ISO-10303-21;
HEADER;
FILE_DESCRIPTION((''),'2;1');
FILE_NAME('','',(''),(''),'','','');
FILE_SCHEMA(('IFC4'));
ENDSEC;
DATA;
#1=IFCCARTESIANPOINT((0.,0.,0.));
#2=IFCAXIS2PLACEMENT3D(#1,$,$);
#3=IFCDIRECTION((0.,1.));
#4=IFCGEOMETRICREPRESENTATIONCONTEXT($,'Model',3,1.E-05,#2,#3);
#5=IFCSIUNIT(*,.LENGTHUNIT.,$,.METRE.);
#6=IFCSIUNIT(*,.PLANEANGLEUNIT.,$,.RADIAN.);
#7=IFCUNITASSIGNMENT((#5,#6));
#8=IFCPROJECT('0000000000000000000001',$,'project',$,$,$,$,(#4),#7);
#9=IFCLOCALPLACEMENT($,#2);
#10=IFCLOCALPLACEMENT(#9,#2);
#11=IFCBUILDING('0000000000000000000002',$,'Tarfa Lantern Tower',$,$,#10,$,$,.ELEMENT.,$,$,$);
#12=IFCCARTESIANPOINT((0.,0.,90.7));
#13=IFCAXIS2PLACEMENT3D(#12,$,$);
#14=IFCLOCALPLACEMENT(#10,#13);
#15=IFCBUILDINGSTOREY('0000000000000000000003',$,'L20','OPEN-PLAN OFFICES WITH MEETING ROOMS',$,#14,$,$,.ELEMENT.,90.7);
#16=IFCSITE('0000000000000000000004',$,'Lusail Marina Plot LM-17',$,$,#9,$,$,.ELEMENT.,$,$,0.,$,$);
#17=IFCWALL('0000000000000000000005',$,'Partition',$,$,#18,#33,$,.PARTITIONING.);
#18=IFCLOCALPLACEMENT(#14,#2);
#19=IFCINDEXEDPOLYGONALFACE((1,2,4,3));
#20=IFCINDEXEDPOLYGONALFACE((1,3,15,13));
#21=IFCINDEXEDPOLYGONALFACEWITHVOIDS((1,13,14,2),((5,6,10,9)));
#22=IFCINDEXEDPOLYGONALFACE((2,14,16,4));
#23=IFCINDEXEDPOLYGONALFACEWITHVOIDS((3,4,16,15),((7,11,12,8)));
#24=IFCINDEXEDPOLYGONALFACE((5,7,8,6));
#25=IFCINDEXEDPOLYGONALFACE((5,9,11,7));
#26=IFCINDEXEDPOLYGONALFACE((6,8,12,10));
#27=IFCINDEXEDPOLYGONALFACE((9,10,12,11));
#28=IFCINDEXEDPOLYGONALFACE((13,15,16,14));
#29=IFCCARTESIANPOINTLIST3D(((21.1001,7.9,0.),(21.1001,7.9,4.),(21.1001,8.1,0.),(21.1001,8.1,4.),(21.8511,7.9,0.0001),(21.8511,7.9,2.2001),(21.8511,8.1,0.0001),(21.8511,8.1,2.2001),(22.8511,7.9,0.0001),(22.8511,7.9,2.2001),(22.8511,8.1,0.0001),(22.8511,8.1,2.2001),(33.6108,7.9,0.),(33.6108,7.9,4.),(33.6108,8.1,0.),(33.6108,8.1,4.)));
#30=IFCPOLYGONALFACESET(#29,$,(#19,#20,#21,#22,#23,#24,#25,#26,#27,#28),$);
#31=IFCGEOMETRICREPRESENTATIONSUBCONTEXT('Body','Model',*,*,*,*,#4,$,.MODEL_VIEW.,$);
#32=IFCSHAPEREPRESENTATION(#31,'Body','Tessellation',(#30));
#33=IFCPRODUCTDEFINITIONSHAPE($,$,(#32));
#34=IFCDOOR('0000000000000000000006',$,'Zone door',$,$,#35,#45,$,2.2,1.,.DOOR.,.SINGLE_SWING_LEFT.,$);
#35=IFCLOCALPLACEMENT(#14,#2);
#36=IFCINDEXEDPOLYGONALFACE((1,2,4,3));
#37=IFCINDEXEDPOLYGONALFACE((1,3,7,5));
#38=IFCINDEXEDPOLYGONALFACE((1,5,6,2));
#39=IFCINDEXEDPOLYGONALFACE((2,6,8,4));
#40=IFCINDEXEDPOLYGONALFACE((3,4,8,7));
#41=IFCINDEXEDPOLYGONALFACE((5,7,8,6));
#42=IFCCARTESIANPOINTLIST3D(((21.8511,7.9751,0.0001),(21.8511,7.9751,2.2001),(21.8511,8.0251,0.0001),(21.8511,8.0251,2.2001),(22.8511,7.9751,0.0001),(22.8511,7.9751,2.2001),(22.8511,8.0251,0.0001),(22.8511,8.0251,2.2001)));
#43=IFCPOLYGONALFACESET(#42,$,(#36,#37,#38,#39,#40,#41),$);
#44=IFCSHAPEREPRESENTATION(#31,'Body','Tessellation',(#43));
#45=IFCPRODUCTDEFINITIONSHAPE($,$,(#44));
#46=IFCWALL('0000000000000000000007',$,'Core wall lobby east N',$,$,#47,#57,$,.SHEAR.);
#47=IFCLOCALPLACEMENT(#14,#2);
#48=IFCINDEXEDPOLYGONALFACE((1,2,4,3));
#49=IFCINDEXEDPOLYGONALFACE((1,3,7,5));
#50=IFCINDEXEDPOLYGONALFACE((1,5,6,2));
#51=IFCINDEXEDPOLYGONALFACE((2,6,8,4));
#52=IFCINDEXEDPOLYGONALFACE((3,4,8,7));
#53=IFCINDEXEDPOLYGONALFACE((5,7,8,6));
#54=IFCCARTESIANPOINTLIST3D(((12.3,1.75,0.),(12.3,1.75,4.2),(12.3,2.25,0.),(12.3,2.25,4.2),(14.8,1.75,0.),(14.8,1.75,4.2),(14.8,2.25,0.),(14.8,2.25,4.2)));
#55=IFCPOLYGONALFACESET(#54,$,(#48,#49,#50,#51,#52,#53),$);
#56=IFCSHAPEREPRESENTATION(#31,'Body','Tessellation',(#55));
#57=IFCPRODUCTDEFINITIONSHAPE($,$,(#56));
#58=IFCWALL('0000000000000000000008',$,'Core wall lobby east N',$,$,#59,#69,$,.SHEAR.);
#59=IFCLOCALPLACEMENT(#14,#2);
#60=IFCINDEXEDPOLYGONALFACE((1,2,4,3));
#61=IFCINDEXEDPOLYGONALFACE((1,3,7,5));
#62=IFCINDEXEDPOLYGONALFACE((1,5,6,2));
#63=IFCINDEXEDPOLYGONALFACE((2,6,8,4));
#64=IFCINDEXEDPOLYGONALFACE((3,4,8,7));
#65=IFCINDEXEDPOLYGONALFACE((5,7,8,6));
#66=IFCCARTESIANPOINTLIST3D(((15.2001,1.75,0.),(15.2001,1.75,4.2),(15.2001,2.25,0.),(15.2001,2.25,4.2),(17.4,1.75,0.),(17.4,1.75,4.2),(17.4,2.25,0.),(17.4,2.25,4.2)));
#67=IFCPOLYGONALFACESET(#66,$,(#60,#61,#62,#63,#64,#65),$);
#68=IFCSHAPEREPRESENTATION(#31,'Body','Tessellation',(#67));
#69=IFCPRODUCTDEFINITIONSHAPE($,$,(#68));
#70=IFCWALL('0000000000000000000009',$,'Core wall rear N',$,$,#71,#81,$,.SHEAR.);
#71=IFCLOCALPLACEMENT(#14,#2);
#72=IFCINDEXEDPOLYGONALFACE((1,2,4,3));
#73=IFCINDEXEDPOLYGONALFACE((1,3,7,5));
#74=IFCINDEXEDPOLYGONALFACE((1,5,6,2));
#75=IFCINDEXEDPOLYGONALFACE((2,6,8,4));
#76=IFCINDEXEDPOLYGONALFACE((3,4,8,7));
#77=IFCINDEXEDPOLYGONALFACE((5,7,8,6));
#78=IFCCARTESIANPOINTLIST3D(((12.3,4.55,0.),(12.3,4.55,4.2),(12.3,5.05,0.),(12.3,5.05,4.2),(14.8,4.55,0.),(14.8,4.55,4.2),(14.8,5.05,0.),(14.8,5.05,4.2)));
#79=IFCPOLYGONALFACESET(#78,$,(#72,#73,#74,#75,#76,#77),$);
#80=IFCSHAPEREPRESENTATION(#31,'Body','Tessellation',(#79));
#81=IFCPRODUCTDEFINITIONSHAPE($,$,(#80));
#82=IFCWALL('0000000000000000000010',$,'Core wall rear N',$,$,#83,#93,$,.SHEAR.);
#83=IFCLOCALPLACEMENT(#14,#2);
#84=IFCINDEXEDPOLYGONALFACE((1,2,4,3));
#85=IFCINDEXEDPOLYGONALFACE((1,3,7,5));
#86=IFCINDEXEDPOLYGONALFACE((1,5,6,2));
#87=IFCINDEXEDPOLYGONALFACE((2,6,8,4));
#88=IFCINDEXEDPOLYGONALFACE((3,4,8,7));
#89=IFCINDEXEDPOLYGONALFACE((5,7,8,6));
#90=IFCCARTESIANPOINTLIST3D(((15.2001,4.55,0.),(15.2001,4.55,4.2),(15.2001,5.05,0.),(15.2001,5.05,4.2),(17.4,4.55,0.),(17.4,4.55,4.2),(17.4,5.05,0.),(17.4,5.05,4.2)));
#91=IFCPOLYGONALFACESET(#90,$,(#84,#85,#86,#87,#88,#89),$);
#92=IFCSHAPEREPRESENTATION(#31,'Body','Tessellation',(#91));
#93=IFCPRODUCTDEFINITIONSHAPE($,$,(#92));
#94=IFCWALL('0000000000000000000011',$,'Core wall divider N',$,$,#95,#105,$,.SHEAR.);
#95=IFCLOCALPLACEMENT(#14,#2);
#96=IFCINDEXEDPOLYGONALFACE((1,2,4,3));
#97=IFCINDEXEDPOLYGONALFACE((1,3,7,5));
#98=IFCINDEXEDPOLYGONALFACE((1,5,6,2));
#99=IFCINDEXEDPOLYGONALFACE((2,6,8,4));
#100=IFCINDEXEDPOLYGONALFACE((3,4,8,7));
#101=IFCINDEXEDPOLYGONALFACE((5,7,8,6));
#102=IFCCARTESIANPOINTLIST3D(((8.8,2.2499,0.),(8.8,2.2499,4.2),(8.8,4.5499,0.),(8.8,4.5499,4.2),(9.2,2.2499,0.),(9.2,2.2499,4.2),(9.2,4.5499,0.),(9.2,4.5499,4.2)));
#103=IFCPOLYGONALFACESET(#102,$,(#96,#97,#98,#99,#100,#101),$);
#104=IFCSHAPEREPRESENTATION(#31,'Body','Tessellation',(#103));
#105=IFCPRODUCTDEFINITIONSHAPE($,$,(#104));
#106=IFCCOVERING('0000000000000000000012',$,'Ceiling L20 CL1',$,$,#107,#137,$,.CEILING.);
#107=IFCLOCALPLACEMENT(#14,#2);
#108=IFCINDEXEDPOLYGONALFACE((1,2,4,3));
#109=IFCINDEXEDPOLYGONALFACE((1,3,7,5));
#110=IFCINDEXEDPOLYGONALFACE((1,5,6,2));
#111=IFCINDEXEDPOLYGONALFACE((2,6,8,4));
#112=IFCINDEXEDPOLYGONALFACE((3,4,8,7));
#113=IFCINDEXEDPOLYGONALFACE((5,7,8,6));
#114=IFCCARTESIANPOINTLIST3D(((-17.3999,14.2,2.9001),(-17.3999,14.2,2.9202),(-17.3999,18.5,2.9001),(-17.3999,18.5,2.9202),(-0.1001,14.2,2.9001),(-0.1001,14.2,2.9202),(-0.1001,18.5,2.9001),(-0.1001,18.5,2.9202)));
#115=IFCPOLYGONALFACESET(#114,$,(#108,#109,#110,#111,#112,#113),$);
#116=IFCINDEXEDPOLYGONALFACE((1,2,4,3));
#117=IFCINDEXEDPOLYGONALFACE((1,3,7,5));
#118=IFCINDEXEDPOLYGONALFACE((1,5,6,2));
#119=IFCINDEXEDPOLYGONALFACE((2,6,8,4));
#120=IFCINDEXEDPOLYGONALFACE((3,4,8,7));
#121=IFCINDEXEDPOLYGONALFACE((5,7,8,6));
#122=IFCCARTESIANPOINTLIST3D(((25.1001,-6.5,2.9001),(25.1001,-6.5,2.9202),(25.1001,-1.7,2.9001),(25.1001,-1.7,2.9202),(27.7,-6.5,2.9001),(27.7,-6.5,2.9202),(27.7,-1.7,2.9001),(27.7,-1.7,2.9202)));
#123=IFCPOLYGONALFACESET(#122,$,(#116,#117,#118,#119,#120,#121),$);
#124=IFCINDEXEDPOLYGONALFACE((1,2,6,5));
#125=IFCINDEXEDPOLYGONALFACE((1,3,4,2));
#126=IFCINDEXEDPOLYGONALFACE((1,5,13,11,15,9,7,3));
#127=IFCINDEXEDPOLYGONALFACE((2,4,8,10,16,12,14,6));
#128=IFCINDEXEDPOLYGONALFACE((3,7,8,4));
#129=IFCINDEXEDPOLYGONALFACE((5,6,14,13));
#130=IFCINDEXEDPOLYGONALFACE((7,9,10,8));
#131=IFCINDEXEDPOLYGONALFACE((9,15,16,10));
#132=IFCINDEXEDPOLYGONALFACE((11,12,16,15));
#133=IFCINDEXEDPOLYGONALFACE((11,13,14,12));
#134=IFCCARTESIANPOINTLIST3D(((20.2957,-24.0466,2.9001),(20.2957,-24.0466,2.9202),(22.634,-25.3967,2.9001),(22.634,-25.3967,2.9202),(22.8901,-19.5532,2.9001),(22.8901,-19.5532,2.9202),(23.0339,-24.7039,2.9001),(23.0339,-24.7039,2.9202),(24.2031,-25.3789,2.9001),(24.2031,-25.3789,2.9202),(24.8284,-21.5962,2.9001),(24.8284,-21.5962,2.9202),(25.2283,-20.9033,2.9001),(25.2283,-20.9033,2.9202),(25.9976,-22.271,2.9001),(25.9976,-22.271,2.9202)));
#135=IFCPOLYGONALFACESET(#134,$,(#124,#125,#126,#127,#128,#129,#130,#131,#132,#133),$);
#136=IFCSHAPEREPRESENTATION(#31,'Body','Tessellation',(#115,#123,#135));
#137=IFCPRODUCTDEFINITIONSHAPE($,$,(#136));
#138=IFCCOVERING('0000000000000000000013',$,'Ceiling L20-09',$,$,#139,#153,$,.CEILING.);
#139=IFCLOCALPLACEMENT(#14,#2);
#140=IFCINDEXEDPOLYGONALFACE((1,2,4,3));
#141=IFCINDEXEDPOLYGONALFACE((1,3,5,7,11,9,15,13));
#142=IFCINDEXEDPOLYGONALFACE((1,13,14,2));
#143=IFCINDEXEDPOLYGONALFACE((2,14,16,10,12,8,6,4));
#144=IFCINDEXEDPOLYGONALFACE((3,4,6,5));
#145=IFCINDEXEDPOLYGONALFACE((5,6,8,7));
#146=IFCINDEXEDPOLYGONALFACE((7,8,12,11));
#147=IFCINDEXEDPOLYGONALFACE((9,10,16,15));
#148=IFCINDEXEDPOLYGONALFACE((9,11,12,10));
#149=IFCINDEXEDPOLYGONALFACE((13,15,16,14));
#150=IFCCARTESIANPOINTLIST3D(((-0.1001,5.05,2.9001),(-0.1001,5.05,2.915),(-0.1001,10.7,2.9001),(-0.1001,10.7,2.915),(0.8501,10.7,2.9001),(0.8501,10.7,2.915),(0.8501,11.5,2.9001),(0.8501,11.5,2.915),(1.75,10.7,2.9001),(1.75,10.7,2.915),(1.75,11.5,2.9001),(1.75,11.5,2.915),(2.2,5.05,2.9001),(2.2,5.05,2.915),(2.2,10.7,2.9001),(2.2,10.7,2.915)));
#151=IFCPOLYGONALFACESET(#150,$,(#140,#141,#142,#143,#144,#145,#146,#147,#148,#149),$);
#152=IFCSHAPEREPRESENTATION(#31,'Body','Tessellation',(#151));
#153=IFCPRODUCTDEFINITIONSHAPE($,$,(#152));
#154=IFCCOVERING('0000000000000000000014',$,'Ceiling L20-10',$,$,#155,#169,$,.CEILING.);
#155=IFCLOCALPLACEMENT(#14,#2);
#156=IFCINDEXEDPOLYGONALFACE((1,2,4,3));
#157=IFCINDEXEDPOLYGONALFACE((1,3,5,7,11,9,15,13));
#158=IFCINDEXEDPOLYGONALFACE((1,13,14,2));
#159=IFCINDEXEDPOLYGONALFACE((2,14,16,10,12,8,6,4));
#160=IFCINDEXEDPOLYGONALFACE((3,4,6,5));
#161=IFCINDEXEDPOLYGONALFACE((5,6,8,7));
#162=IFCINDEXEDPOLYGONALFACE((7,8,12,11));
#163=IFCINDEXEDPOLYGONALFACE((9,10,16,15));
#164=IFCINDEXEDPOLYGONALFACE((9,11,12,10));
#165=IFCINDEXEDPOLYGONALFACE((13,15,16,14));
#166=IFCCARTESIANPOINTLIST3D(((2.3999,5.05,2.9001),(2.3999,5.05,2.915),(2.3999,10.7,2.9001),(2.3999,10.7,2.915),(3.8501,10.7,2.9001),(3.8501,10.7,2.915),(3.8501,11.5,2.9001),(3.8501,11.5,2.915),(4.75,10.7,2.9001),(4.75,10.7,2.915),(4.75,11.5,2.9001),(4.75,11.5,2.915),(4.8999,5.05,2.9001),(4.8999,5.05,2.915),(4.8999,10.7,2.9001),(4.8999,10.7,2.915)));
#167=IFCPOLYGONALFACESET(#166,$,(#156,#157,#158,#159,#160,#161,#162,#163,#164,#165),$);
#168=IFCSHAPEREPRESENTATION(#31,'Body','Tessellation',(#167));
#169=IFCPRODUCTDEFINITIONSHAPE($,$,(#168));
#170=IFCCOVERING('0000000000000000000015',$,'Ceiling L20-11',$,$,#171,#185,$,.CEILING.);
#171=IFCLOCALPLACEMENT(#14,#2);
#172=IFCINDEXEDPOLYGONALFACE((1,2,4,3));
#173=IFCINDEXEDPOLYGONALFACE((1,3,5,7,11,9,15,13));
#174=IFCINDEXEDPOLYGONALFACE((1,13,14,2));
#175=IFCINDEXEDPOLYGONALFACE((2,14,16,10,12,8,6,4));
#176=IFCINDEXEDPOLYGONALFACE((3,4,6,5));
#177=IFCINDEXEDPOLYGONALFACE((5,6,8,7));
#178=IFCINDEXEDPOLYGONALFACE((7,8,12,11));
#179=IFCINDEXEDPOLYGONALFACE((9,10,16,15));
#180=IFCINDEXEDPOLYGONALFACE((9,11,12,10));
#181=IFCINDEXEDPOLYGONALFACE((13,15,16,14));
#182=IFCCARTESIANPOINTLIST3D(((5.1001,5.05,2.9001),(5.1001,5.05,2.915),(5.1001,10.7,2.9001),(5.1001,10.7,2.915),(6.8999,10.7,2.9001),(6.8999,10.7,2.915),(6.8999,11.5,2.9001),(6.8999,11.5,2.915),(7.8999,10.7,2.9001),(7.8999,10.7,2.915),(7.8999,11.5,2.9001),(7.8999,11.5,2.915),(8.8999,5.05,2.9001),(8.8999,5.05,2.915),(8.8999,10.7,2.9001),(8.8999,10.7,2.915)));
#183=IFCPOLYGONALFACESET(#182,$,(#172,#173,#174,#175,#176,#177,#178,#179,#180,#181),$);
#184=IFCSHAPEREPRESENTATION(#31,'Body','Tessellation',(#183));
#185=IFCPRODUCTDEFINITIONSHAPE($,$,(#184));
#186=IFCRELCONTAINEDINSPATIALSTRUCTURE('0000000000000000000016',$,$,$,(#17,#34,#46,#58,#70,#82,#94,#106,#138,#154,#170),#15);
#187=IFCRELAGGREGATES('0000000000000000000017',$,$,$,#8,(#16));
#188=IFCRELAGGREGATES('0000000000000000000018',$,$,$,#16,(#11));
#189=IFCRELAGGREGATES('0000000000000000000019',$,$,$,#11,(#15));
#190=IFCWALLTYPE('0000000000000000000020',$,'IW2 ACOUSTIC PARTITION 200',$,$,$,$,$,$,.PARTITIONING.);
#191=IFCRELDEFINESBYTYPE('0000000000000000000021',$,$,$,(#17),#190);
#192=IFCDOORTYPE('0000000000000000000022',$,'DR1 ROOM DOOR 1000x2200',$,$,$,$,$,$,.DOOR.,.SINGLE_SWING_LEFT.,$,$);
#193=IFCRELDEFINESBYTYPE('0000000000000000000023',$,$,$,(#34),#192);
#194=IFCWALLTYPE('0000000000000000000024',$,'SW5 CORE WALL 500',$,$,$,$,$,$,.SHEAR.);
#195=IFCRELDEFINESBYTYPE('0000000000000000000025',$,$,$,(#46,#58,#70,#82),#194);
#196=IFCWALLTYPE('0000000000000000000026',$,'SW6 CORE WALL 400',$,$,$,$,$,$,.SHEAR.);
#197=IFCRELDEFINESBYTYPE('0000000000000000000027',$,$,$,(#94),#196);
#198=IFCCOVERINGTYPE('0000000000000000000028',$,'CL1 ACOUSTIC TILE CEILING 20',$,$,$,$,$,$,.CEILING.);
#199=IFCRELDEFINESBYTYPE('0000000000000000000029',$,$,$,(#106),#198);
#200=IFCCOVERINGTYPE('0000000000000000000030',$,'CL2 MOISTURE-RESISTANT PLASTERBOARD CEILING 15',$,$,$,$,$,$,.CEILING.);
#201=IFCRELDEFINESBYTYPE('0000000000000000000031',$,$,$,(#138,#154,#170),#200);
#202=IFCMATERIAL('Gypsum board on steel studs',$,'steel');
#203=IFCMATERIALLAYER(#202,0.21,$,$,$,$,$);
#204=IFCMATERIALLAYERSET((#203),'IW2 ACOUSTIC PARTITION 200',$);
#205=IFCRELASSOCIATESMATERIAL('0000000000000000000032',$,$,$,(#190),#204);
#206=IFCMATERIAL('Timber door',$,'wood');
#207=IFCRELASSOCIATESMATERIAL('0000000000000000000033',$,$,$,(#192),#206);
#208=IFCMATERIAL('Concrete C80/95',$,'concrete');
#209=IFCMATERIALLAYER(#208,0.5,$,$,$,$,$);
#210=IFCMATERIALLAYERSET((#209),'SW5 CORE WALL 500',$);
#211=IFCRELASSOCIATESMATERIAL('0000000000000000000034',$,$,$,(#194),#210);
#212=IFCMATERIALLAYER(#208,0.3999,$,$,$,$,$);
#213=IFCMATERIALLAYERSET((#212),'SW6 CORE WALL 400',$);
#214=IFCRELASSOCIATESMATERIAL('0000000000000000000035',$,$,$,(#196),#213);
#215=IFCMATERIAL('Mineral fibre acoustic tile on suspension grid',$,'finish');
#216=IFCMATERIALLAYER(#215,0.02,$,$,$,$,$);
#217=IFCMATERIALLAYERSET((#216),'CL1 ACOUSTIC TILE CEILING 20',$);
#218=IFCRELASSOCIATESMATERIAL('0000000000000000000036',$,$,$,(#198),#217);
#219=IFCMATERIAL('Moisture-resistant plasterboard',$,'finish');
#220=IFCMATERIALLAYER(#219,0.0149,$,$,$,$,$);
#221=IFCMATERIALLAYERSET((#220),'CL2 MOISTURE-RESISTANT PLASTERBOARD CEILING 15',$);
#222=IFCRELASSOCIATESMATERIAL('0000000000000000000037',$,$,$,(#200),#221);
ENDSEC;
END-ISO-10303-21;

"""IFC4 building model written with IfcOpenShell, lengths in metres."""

from ifc_helpers import new_model, si_unit, direction, frame, frame_2d, origin, place, context, subcontext, project, spatial, polyline, rectangle, outline, extrude, material, layer, layer_set, type_object, element, fill, save


model = new_model("IFC4")

# Units and contexts
model_context = context("Model", 3, precision=1e-05, world=origin(), true_north=direction((0.0, 1.0)))
body_context = subcontext(model_context, "Body", "Model", "MODEL_VIEW")
ifc_project = project(units=[si_unit("LENGTHUNIT", "METRE"), si_unit("PLANEANGLEUNIT", "RADIAN")], contexts=[model_context])

# Site, building, storey
site_placement = place(None, origin())
site = spatial("IfcSite", under=ifc_project, at=site_placement, Name="Lusail Marina Plot LM-17", CompositionType="ELEMENT", RefElevation=0.0)
building_placement = place(site_placement, origin())
building = spatial("IfcBuilding", under=site, at=building_placement, Name="Tarfa Lantern Tower", CompositionType="ELEMENT")
storey_placement = place(building_placement, frame((0.0, 0.0, 90.7)))
storey = spatial("IfcBuildingStorey", under=building, at=storey_placement, Name="L20", Description="OPEN-PLAN OFFICES WITH MEETING ROOMS", CompositionType="ELEMENT", Elevation=90.7)

# Shared definitions
ifc_material_1 = material(Name="Gypsum board on steel studs", Category="steel")
ifc_layer_1 = layer(ifc_material_1, 0.21)
ifc_layer_set_1 = layer_set([ifc_layer_1], Name="IW2 ACOUSTIC PARTITION 200")
wall_type_1 = type_object("IfcWallType", Name="IW2 ACOUSTIC PARTITION 200", PredefinedType="PARTITIONING", material=ifc_layer_set_1)

# Wall, opening, door
ifc_material_2 = material(Name="Timber door", Category="wood")
wall_1_placement = place(storey_placement, frame((21.1001, 8.0, 0.0), z_axis=(0.0, 0.0, 1.0), x_axis=(1.0, 0.0, 0.0)))
wall_1 = element("IfcWall", 1, at=wall_1_placement, inside=storey, type_object=wall_type_1, Name="Partition", PredefinedType="PARTITIONING", context=body_context, shape_type="SweptSolid", body=[
    extrude(rectangle(XDim=12.5107, YDim=0.2, at=frame_2d((6.2554, 0.0))), origin(), (0.0, 0.0, 1.0), 4.0),
])
opening_1_placement = place(wall_1_placement, frame((0.751, 0.0, 0.0)))
opening_1 = element("IfcOpeningElement", 2, at=opening_1_placement, cuts=wall_1, PredefinedType="OPENING", context=body_context, shape_type="SweptSolid", body=[
    extrude(rectangle(XDim=1.0, YDim=2.2, at=frame_2d((0.5, 1.1001))), frame((0.0, 0.1099, 0.0), z_axis=(0.0, -1.0, 0.0), x_axis=(1.0, 0.0, 0.0)), (0.0, 0.0, 1.0), 0.22),
])
door_type_1 = type_object("IfcDoorType", Name="DR1 ROOM DOOR 1000x2200", OperationType="SINGLE_SWING_LEFT", PredefinedType="DOOR", material=ifc_material_2)
door_1_placement = place(opening_1_placement, frame((1.0, 0.0, 0.0), z_axis=(0.0, 0.0, 1.0), x_axis=(-1.0, 0.0, 0.0)))
door_1 = element("IfcDoor", 3, at=door_1_placement, inside=storey, type_object=door_type_1, Name="Zone door", OperationType="SINGLE_SWING_LEFT", OverallHeight=2.2, OverallWidth=1.0, PredefinedType="DOOR", context=body_context, shape_type="SweptSolid", body=[
    extrude(rectangle(XDim=1.0, YDim=2.2, at=frame_2d((0.5, 1.1001))), frame((0.0, 0.0249, 0.0), z_axis=(0.0, -1.0, 0.0), x_axis=(1.0, 0.0, 0.0)), (0.0, 0.0, 1.0), 0.05),
])
fill(opening_1, door_1)

# Walls
ifc_material_3 = material(Name="Concrete C80/95", Category="concrete")
ifc_layer_2 = layer(ifc_material_3, 0.5)
ifc_layer_set_2 = layer_set([ifc_layer_2], Name="SW5 CORE WALL 500")
wall_type_2 = type_object("IfcWallType", Name="SW5 CORE WALL 500", PredefinedType="SHEAR", material=ifc_layer_set_2)
wall_2_placement = place(storey_placement, frame((12.3, 2.0, 0.0), z_axis=(0.0, 0.0, 1.0), x_axis=(1.0, 0.0, 0.0)))
element("IfcWall", 4, at=wall_2_placement, inside=storey, type_object=wall_type_2, Name="Core wall lobby east N", PredefinedType="SHEAR", context=body_context, shape_type="SweptSolid", body=[
    extrude(rectangle(XDim=2.5, YDim=0.5, at=frame_2d((1.25, 0.0))), origin(), (0.0, 0.0, 1.0), 4.2),
])
wall_3_placement = place(storey_placement, frame((15.2, 2.0, 0.0), z_axis=(0.0, 0.0, 1.0), x_axis=(1.0, 0.0, 0.0)))
element("IfcWall", 5, at=wall_3_placement, inside=storey, type_object=wall_type_2, Name="Core wall lobby east N", PredefinedType="SHEAR", context=body_context, shape_type="SweptSolid", body=[
    extrude(rectangle(XDim=2.2, YDim=0.5, at=frame_2d((1.1001, 0.0))), origin(), (0.0, 0.0, 1.0), 4.2),
])
wall_4_placement = place(storey_placement, frame((12.3, 4.8, 0.0), z_axis=(0.0, 0.0, 1.0), x_axis=(1.0, 0.0, 0.0)))
element("IfcWall", 6, at=wall_4_placement, inside=storey, type_object=wall_type_2, Name="Core wall rear N", PredefinedType="SHEAR", context=body_context, shape_type="SweptSolid", body=[
    extrude(rectangle(XDim=2.5, YDim=0.5, at=frame_2d((1.25, 0.0))), origin(), (0.0, 0.0, 1.0), 4.2),
])
wall_5_placement = place(storey_placement, frame((15.2, 4.8, 0.0), z_axis=(0.0, 0.0, 1.0), x_axis=(1.0, 0.0, 0.0)))
element("IfcWall", 7, at=wall_5_placement, inside=storey, type_object=wall_type_2, Name="Core wall rear N", PredefinedType="SHEAR", context=body_context, shape_type="SweptSolid", body=[
    extrude(rectangle(XDim=2.2, YDim=0.5, at=frame_2d((1.1001, 0.0))), origin(), (0.0, 0.0, 1.0), 4.2),
])
ifc_layer_3 = layer(ifc_material_3, 0.3999)
ifc_layer_set_3 = layer_set([ifc_layer_3], Name="SW6 CORE WALL 400")
wall_type_3 = type_object("IfcWallType", Name="SW6 CORE WALL 400", PredefinedType="SHEAR", material=ifc_layer_set_3)
wall_6_placement = place(storey_placement, frame((9.0, 2.25, 0.0), z_axis=(0.0, 0.0, 1.0), x_axis=(0.0, 1.0, 0.0)))
element("IfcWall", 8, at=wall_6_placement, inside=storey, type_object=wall_type_3, Name="Core wall divider N", PredefinedType="SHEAR", context=body_context, shape_type="SweptSolid", body=[
    extrude(rectangle(XDim=2.3, YDim=0.3999, at=frame_2d((1.1499, 0.0))), origin(), (0.0, 0.0, 1.0), 4.2),
])

# Coverings
ifc_material_4 = material(Name="Mineral fibre acoustic tile on suspension grid", Category="finish")
ifc_layer_4 = layer(ifc_material_4, 0.02)
ifc_layer_set_4 = layer_set([ifc_layer_4], Name="CL1 ACOUSTIC TILE CEILING 20")
covering_type_1 = type_object("IfcCoveringType", Name="CL1 ACOUSTIC TILE CEILING 20", PredefinedType="CEILING", material=ifc_layer_set_4)
covering_1_placement = place(storey_placement, frame((0.0, 0.0, 2.9001)))
element("IfcCovering", 9, at=covering_1_placement, inside=storey, type_object=covering_type_1, Name="Ceiling L20 CL1", PredefinedType="CEILING", context=body_context, shape_type="SweptSolid", body=[
    extrude(outline(polyline([(-17.3999, 18.5), (-0.1001, 18.5), (-0.1001, 14.2), (-17.3999, 14.2), (-17.3999, 18.5)])), origin(), (0.0, 0.0, 1.0), 0.02),
    extrude(outline(polyline([(25.1001, -1.7), (27.7, -1.7), (27.7, -6.5), (25.1001, -6.5), (25.1001, -1.7)])), origin(), (0.0, 0.0, 1.0), 0.02),
    extrude(outline(polyline([(22.8901, -19.5532), (25.2283, -20.9033), (24.8284, -21.5962), (25.9976, -22.271), (24.2031, -25.3789), (23.0339, -24.7039), (22.634, -25.3967), (20.2957, -24.0466), (22.8901, -19.5532)])), origin(), (0.0, 0.0, 1.0), 0.02),
])
ifc_material_5 = material(Name="Moisture-resistant plasterboard", Category="finish")
ifc_layer_5 = layer(ifc_material_5, 0.0149)
ifc_layer_set_5 = layer_set([ifc_layer_5], Name="CL2 MOISTURE-RESISTANT PLASTERBOARD CEILING 15")
covering_type_2 = type_object("IfcCoveringType", Name="CL2 MOISTURE-RESISTANT PLASTERBOARD CEILING 15", PredefinedType="CEILING", material=ifc_layer_set_5)
covering_2_placement = place(storey_placement, frame((0.0, 0.0, 2.9001)))
element("IfcCovering", 10, at=covering_2_placement, inside=storey, type_object=covering_type_2, Name="Ceiling L20-09", PredefinedType="CEILING", context=body_context, shape_type="SweptSolid", body=[
    extrude(outline(polyline([(0.8501, 10.7), (-0.1001, 10.7), (-0.1001, 5.05), (2.2, 5.05), (2.2, 10.7), (1.75, 10.7), (1.75, 11.5), (0.8501, 11.5), (0.8501, 10.7)])), origin(), (0.0, 0.0, 1.0), 0.0149),
])
covering_3_placement = place(storey_placement, frame((0.0, 0.0, 2.9001)))
element("IfcCovering", 11, at=covering_3_placement, inside=storey, type_object=covering_type_2, Name="Ceiling L20-10", PredefinedType="CEILING", context=body_context, shape_type="SweptSolid", body=[
    extrude(outline(polyline([(2.3999, 5.05), (4.8999, 5.05), (4.8999, 10.7), (4.75, 10.7), (4.75, 11.5), (3.8501, 11.5), (3.8501, 10.7), (2.3999, 10.7), (2.3999, 5.05)])), origin(), (0.0, 0.0, 1.0), 0.0149),
])
covering_4_placement = place(storey_placement, frame((0.0, 0.0, 2.9001)))
element("IfcCovering", 12, at=covering_4_placement, inside=storey, type_object=covering_type_2, Name="Ceiling L20-11", PredefinedType="CEILING", context=body_context, shape_type="SweptSolid", body=[
    extrude(outline(polyline([(5.1001, 5.05), (8.8999, 5.05), (8.8999, 10.7), (7.8999, 10.7), (7.8999, 11.5), (6.8999, 11.5), (6.8999, 10.7), (5.1001, 10.7), (5.1001, 5.05)])), origin(), (0.0, 0.0, 1.0), 0.0149),
])

save(model, "model.ifc")
